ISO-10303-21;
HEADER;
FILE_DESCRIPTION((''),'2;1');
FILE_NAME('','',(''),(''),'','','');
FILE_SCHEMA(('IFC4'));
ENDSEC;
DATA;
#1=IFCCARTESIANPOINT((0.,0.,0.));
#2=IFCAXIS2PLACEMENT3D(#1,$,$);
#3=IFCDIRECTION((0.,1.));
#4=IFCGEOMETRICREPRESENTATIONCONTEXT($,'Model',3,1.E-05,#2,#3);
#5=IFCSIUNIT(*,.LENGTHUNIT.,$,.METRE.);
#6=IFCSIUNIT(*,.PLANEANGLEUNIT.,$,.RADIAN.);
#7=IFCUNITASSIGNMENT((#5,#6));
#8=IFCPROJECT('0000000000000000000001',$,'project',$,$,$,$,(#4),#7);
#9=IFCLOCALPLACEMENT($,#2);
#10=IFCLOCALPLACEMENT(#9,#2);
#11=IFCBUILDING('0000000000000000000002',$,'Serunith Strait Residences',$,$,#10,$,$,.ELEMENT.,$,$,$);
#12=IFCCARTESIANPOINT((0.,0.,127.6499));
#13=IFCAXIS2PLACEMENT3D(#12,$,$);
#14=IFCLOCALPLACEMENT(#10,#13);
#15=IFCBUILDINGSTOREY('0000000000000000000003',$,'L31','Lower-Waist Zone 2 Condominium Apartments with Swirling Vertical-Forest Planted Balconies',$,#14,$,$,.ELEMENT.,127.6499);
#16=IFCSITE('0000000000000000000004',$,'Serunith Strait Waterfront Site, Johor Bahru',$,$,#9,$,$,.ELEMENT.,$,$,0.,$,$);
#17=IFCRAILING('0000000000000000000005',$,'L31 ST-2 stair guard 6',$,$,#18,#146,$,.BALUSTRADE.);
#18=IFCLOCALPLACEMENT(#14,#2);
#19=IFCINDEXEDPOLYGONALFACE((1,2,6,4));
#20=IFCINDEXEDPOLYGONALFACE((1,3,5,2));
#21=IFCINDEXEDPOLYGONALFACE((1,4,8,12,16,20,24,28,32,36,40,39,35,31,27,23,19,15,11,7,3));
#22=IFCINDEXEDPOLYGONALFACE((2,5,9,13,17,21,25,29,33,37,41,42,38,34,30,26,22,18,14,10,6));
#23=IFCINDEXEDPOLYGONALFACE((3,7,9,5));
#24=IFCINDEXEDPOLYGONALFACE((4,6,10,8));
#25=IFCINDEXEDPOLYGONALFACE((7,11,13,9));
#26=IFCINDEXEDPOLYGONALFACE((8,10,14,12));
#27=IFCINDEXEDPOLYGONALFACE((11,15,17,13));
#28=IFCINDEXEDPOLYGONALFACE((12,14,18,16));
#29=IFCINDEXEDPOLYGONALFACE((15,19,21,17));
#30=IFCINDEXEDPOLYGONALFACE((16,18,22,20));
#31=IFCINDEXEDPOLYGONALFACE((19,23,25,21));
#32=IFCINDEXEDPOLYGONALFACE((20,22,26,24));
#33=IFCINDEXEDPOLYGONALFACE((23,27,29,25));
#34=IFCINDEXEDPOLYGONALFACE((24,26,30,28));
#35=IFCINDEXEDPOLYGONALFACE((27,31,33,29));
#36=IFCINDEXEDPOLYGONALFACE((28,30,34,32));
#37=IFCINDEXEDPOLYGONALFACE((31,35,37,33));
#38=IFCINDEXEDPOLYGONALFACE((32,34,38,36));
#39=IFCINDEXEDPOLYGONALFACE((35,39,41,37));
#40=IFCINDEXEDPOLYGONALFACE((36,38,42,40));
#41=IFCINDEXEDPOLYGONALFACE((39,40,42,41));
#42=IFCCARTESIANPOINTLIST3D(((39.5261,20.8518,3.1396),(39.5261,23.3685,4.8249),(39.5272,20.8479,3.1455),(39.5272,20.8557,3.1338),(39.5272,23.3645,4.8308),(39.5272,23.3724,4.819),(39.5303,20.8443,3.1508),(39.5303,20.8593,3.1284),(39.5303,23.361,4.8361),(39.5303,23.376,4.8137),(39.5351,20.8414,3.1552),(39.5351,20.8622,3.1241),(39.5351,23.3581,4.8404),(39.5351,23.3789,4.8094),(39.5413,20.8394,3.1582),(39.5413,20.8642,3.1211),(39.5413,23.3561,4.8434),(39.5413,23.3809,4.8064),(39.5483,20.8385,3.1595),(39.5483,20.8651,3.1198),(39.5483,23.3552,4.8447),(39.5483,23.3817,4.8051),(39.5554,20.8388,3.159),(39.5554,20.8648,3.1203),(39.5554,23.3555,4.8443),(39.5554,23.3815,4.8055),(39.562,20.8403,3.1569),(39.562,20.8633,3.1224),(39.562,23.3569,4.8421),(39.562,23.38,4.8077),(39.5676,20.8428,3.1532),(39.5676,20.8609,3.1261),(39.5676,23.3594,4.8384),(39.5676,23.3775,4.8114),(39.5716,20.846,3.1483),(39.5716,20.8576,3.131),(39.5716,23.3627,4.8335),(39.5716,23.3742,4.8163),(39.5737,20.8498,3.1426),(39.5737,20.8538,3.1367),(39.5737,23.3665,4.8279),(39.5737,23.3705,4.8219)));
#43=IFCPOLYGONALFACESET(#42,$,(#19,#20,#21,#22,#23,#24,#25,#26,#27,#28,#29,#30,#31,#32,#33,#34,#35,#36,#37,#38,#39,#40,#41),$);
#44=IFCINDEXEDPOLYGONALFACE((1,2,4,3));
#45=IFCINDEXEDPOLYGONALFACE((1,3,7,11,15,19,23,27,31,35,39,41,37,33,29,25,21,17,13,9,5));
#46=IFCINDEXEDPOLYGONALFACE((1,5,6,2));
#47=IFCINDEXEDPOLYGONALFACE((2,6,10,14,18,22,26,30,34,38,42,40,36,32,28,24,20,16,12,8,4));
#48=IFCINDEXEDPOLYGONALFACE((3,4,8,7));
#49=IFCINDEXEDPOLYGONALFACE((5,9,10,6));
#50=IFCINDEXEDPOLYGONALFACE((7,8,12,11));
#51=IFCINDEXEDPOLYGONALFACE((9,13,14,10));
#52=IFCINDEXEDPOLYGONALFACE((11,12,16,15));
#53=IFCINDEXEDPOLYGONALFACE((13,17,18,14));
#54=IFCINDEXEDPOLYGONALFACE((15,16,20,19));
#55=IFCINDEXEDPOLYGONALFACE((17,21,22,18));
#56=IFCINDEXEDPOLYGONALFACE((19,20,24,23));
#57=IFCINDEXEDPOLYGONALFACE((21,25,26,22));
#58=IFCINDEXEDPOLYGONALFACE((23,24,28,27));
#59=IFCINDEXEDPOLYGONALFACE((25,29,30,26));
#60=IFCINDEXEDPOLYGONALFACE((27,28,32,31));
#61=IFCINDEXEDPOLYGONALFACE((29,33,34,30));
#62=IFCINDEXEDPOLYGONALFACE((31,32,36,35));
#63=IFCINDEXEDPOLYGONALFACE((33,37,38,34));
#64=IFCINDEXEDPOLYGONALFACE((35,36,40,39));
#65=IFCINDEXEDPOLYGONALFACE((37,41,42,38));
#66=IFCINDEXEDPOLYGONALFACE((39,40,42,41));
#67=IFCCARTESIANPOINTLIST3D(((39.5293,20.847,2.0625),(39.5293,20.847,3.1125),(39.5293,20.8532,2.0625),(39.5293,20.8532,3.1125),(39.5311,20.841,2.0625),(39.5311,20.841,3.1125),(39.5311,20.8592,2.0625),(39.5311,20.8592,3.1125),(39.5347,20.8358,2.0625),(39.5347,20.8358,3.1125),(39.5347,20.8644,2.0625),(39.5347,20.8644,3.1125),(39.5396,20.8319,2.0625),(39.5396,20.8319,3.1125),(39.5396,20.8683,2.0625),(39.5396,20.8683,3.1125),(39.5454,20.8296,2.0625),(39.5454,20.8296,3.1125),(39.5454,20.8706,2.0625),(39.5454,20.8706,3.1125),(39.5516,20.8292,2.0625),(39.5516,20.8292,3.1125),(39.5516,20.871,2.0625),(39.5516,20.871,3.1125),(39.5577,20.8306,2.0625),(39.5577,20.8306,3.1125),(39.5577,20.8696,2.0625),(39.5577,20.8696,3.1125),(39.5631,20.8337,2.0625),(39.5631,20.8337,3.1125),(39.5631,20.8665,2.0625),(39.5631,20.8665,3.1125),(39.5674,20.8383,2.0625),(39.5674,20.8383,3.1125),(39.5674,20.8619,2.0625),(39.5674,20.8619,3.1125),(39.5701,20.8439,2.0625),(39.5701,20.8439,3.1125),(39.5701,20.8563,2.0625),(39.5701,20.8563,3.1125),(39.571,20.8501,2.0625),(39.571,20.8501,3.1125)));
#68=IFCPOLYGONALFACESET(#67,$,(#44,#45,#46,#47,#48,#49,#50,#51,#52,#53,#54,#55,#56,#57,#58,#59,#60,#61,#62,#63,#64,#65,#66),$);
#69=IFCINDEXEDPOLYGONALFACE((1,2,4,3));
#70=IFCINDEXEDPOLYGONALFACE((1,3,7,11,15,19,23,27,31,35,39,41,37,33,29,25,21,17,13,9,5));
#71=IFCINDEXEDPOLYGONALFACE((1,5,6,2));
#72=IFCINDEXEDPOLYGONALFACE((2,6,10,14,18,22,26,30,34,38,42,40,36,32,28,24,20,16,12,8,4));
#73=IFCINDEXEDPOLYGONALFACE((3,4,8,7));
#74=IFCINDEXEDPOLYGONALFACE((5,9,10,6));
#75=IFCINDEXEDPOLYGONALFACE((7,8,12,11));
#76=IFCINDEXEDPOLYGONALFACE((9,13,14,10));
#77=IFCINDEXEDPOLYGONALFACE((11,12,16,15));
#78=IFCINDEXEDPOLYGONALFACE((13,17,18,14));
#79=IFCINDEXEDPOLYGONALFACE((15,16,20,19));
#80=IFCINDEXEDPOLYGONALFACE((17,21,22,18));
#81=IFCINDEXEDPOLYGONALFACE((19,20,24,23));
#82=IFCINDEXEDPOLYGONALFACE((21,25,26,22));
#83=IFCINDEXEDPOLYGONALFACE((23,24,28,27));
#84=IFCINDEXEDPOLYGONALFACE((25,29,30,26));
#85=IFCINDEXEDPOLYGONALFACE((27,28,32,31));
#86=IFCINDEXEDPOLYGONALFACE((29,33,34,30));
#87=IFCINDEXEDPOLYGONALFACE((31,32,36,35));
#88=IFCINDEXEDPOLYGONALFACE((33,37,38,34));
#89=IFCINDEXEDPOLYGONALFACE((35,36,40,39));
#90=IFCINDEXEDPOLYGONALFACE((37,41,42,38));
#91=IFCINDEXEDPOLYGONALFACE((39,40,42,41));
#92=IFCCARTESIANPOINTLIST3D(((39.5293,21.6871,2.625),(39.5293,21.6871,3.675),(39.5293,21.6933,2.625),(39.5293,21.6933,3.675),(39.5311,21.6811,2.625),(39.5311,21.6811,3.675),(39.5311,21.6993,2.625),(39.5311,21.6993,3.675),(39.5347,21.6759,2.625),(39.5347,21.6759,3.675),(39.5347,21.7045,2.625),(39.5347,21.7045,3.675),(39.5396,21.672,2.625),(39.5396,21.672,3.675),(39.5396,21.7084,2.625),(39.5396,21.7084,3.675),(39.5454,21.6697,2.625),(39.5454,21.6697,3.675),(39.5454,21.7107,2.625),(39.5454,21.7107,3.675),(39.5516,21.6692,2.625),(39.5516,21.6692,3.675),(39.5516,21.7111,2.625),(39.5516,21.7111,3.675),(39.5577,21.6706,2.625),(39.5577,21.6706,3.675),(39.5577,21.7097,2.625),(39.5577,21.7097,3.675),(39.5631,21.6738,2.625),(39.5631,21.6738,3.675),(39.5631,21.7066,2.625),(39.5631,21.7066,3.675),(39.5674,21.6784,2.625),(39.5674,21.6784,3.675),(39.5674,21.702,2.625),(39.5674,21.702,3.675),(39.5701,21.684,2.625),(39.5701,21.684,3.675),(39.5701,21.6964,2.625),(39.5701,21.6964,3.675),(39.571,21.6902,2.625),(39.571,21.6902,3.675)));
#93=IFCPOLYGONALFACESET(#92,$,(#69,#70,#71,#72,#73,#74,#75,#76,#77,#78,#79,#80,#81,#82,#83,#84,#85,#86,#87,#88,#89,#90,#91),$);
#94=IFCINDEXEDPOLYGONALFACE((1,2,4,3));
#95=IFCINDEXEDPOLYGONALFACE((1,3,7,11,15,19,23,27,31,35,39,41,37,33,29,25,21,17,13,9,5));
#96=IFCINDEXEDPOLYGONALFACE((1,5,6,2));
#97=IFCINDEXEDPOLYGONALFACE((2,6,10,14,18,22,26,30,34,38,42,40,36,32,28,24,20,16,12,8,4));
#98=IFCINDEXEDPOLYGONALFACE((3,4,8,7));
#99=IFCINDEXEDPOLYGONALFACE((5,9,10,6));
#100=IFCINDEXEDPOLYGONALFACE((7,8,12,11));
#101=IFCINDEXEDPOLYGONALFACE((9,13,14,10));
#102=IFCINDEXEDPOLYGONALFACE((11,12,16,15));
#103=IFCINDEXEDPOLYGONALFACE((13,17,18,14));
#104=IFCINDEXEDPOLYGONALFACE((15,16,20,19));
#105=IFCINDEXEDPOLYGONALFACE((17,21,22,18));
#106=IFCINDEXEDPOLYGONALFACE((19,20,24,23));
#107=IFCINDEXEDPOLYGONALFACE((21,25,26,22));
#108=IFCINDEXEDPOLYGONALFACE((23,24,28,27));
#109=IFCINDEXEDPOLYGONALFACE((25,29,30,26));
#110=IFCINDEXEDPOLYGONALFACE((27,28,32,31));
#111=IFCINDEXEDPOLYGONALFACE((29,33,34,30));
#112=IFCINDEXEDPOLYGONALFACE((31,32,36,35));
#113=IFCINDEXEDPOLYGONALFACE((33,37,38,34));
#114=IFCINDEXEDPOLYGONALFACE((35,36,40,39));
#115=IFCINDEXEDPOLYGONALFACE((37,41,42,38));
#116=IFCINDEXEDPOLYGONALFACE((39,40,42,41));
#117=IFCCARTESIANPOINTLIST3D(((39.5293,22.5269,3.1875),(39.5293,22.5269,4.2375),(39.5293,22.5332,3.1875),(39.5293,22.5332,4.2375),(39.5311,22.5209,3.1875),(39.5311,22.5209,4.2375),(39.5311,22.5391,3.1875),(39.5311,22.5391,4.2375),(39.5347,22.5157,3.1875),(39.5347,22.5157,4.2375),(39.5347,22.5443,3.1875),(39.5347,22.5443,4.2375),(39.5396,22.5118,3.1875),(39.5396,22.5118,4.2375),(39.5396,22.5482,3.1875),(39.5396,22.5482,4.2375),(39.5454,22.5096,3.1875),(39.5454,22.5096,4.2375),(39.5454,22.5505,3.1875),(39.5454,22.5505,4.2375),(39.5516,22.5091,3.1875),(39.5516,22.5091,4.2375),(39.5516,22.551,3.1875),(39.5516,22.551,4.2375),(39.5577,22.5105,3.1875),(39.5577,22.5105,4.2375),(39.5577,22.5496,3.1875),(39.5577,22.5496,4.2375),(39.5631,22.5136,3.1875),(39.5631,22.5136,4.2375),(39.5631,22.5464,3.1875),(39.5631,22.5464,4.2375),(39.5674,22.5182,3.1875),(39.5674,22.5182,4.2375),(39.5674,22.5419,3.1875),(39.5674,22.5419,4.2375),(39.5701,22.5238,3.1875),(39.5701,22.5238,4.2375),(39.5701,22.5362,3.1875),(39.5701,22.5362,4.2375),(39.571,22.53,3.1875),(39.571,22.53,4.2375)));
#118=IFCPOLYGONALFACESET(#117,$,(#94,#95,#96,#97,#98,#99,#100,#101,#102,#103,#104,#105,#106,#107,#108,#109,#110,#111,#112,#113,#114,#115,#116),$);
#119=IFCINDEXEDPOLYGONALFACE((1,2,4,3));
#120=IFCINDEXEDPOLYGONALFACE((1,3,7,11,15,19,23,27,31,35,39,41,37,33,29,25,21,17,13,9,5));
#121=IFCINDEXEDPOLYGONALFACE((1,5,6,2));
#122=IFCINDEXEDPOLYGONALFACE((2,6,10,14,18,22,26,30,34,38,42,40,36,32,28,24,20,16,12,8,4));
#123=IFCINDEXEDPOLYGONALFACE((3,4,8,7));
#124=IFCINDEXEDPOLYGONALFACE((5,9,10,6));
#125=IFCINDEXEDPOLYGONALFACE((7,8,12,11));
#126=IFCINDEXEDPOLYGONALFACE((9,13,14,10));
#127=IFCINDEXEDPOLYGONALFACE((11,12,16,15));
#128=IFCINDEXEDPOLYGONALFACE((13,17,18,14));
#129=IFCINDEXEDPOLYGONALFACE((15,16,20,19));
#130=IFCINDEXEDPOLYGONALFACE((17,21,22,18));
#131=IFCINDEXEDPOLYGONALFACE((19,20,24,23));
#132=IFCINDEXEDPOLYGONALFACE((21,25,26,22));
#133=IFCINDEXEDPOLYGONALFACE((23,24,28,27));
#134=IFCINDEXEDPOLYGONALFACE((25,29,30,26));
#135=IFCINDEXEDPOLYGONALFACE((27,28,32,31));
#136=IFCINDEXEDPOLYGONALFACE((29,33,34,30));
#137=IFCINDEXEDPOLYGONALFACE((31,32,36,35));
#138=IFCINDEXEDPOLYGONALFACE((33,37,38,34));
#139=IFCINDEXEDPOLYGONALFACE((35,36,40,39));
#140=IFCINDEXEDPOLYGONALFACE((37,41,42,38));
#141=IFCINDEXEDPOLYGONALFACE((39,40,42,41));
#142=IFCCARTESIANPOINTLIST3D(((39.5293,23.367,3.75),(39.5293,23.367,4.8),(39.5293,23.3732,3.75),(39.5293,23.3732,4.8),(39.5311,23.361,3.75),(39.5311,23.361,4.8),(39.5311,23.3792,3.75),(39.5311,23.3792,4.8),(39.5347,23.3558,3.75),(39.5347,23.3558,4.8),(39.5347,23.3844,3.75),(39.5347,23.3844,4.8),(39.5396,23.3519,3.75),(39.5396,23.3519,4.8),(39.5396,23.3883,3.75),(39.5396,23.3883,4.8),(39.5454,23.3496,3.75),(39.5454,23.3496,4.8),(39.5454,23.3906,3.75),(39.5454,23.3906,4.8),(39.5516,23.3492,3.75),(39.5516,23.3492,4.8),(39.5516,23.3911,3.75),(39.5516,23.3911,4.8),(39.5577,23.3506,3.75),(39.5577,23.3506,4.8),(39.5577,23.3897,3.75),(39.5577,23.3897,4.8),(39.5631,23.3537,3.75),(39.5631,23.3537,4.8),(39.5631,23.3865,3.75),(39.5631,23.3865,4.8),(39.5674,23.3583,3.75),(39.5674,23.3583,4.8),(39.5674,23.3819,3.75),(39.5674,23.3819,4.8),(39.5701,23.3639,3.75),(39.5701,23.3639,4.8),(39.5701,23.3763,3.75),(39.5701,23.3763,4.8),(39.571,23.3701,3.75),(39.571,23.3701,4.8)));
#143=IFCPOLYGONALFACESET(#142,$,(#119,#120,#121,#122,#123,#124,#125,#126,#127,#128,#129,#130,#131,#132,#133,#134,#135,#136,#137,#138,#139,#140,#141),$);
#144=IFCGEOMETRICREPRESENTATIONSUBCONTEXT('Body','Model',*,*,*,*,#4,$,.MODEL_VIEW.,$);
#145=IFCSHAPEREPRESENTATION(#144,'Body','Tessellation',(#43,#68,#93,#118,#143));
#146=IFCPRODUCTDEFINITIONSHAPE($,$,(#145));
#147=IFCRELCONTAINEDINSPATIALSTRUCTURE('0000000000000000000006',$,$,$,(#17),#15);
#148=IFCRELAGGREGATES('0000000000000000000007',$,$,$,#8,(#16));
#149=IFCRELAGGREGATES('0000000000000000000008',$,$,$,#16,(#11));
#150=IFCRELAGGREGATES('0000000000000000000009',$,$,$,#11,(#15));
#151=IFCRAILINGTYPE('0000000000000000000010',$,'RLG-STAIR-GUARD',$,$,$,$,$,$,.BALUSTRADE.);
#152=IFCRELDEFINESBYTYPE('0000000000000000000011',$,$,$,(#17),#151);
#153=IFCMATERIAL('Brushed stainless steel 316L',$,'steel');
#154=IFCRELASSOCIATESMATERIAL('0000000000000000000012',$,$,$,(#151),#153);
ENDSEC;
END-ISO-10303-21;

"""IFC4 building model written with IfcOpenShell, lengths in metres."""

from ifc_helpers import new_model, si_unit, direction, frame, origin, origin_2d, place, context, subcontext, project, spatial, circle, extrude, material, type_object, element, save


model = new_model("IFC4")

# Units and contexts
model_context = context("Model", 3, precision=1e-05, world=origin(), true_north=direction((0.0, 1.0)))
body_context = subcontext(model_context, "Body", "Model", "MODEL_VIEW")
ifc_project = project(units=[si_unit("LENGTHUNIT", "METRE"), si_unit("PLANEANGLEUNIT", "RADIAN")], contexts=[model_context])

# Site, building, storey
site_placement = place(None, origin())
site = spatial("IfcSite", under=ifc_project, at=site_placement, Name="Serunith Strait Waterfront Site, Johor Bahru", CompositionType="ELEMENT", RefElevation=0.0)
building_placement = place(site_placement, origin())
building = spatial("IfcBuilding", under=site, at=building_placement, Name="Serunith Strait Residences", CompositionType="ELEMENT")
storey_placement = place(building_placement, frame((0.0, 0.0, 127.6499)))
storey = spatial("IfcBuildingStorey", under=building, at=storey_placement, Name="L31", Description="Lower-Waist Zone 2 Condominium Apartments with Swirling Vertical-Forest Planted Balconies", CompositionType="ELEMENT", Elevation=127.6499)

# Railing
ifc_material_1 = material(Name="Brushed stainless steel 316L", Category="steel")
railing_type_1 = type_object("IfcRailingType", Name="RLG-STAIR-GUARD", PredefinedType="BALUSTRADE", material=ifc_material_1)
railing_1_placement = place(storey_placement, frame((39.55, 20.8501, 2.0625)))
element("IfcRailing", 1, at=railing_1_placement, inside=storey, type_object=railing_type_1, Name="L31 ST-2 stair guard 6", PredefinedType="BALUSTRADE", context=body_context, shape_type="SweptSolid", body=[
    extrude(circle(Radius=0.0239, at=origin_2d()), frame((0.0, 0.0017, 1.0771), z_axis=(0.0, 0.830909, 0.556408), x_axis=(-1.0, 0.0, 0.0)), (0.0, 0.0, 1.0), 3.0288),
    extrude(circle(Radius=0.021, at=origin_2d()), origin(), (0.0, 0.0, 1.0), 1.05),
    extrude(circle(Radius=0.021, at=origin_2d()), frame((0.0, 0.8401, 0.5625)), (0.0, 0.0, 1.0), 1.05),
    extrude(circle(Radius=0.021, at=origin_2d()), frame((0.0, 1.6799, 1.125)), (0.0, 0.0, 1.0), 1.05),
    extrude(circle(Radius=0.021, at=origin_2d()), frame((0.0, 2.52, 1.6875)), (0.0, 0.0, 1.0), 1.05),
])

save(model, "model.ifc")
